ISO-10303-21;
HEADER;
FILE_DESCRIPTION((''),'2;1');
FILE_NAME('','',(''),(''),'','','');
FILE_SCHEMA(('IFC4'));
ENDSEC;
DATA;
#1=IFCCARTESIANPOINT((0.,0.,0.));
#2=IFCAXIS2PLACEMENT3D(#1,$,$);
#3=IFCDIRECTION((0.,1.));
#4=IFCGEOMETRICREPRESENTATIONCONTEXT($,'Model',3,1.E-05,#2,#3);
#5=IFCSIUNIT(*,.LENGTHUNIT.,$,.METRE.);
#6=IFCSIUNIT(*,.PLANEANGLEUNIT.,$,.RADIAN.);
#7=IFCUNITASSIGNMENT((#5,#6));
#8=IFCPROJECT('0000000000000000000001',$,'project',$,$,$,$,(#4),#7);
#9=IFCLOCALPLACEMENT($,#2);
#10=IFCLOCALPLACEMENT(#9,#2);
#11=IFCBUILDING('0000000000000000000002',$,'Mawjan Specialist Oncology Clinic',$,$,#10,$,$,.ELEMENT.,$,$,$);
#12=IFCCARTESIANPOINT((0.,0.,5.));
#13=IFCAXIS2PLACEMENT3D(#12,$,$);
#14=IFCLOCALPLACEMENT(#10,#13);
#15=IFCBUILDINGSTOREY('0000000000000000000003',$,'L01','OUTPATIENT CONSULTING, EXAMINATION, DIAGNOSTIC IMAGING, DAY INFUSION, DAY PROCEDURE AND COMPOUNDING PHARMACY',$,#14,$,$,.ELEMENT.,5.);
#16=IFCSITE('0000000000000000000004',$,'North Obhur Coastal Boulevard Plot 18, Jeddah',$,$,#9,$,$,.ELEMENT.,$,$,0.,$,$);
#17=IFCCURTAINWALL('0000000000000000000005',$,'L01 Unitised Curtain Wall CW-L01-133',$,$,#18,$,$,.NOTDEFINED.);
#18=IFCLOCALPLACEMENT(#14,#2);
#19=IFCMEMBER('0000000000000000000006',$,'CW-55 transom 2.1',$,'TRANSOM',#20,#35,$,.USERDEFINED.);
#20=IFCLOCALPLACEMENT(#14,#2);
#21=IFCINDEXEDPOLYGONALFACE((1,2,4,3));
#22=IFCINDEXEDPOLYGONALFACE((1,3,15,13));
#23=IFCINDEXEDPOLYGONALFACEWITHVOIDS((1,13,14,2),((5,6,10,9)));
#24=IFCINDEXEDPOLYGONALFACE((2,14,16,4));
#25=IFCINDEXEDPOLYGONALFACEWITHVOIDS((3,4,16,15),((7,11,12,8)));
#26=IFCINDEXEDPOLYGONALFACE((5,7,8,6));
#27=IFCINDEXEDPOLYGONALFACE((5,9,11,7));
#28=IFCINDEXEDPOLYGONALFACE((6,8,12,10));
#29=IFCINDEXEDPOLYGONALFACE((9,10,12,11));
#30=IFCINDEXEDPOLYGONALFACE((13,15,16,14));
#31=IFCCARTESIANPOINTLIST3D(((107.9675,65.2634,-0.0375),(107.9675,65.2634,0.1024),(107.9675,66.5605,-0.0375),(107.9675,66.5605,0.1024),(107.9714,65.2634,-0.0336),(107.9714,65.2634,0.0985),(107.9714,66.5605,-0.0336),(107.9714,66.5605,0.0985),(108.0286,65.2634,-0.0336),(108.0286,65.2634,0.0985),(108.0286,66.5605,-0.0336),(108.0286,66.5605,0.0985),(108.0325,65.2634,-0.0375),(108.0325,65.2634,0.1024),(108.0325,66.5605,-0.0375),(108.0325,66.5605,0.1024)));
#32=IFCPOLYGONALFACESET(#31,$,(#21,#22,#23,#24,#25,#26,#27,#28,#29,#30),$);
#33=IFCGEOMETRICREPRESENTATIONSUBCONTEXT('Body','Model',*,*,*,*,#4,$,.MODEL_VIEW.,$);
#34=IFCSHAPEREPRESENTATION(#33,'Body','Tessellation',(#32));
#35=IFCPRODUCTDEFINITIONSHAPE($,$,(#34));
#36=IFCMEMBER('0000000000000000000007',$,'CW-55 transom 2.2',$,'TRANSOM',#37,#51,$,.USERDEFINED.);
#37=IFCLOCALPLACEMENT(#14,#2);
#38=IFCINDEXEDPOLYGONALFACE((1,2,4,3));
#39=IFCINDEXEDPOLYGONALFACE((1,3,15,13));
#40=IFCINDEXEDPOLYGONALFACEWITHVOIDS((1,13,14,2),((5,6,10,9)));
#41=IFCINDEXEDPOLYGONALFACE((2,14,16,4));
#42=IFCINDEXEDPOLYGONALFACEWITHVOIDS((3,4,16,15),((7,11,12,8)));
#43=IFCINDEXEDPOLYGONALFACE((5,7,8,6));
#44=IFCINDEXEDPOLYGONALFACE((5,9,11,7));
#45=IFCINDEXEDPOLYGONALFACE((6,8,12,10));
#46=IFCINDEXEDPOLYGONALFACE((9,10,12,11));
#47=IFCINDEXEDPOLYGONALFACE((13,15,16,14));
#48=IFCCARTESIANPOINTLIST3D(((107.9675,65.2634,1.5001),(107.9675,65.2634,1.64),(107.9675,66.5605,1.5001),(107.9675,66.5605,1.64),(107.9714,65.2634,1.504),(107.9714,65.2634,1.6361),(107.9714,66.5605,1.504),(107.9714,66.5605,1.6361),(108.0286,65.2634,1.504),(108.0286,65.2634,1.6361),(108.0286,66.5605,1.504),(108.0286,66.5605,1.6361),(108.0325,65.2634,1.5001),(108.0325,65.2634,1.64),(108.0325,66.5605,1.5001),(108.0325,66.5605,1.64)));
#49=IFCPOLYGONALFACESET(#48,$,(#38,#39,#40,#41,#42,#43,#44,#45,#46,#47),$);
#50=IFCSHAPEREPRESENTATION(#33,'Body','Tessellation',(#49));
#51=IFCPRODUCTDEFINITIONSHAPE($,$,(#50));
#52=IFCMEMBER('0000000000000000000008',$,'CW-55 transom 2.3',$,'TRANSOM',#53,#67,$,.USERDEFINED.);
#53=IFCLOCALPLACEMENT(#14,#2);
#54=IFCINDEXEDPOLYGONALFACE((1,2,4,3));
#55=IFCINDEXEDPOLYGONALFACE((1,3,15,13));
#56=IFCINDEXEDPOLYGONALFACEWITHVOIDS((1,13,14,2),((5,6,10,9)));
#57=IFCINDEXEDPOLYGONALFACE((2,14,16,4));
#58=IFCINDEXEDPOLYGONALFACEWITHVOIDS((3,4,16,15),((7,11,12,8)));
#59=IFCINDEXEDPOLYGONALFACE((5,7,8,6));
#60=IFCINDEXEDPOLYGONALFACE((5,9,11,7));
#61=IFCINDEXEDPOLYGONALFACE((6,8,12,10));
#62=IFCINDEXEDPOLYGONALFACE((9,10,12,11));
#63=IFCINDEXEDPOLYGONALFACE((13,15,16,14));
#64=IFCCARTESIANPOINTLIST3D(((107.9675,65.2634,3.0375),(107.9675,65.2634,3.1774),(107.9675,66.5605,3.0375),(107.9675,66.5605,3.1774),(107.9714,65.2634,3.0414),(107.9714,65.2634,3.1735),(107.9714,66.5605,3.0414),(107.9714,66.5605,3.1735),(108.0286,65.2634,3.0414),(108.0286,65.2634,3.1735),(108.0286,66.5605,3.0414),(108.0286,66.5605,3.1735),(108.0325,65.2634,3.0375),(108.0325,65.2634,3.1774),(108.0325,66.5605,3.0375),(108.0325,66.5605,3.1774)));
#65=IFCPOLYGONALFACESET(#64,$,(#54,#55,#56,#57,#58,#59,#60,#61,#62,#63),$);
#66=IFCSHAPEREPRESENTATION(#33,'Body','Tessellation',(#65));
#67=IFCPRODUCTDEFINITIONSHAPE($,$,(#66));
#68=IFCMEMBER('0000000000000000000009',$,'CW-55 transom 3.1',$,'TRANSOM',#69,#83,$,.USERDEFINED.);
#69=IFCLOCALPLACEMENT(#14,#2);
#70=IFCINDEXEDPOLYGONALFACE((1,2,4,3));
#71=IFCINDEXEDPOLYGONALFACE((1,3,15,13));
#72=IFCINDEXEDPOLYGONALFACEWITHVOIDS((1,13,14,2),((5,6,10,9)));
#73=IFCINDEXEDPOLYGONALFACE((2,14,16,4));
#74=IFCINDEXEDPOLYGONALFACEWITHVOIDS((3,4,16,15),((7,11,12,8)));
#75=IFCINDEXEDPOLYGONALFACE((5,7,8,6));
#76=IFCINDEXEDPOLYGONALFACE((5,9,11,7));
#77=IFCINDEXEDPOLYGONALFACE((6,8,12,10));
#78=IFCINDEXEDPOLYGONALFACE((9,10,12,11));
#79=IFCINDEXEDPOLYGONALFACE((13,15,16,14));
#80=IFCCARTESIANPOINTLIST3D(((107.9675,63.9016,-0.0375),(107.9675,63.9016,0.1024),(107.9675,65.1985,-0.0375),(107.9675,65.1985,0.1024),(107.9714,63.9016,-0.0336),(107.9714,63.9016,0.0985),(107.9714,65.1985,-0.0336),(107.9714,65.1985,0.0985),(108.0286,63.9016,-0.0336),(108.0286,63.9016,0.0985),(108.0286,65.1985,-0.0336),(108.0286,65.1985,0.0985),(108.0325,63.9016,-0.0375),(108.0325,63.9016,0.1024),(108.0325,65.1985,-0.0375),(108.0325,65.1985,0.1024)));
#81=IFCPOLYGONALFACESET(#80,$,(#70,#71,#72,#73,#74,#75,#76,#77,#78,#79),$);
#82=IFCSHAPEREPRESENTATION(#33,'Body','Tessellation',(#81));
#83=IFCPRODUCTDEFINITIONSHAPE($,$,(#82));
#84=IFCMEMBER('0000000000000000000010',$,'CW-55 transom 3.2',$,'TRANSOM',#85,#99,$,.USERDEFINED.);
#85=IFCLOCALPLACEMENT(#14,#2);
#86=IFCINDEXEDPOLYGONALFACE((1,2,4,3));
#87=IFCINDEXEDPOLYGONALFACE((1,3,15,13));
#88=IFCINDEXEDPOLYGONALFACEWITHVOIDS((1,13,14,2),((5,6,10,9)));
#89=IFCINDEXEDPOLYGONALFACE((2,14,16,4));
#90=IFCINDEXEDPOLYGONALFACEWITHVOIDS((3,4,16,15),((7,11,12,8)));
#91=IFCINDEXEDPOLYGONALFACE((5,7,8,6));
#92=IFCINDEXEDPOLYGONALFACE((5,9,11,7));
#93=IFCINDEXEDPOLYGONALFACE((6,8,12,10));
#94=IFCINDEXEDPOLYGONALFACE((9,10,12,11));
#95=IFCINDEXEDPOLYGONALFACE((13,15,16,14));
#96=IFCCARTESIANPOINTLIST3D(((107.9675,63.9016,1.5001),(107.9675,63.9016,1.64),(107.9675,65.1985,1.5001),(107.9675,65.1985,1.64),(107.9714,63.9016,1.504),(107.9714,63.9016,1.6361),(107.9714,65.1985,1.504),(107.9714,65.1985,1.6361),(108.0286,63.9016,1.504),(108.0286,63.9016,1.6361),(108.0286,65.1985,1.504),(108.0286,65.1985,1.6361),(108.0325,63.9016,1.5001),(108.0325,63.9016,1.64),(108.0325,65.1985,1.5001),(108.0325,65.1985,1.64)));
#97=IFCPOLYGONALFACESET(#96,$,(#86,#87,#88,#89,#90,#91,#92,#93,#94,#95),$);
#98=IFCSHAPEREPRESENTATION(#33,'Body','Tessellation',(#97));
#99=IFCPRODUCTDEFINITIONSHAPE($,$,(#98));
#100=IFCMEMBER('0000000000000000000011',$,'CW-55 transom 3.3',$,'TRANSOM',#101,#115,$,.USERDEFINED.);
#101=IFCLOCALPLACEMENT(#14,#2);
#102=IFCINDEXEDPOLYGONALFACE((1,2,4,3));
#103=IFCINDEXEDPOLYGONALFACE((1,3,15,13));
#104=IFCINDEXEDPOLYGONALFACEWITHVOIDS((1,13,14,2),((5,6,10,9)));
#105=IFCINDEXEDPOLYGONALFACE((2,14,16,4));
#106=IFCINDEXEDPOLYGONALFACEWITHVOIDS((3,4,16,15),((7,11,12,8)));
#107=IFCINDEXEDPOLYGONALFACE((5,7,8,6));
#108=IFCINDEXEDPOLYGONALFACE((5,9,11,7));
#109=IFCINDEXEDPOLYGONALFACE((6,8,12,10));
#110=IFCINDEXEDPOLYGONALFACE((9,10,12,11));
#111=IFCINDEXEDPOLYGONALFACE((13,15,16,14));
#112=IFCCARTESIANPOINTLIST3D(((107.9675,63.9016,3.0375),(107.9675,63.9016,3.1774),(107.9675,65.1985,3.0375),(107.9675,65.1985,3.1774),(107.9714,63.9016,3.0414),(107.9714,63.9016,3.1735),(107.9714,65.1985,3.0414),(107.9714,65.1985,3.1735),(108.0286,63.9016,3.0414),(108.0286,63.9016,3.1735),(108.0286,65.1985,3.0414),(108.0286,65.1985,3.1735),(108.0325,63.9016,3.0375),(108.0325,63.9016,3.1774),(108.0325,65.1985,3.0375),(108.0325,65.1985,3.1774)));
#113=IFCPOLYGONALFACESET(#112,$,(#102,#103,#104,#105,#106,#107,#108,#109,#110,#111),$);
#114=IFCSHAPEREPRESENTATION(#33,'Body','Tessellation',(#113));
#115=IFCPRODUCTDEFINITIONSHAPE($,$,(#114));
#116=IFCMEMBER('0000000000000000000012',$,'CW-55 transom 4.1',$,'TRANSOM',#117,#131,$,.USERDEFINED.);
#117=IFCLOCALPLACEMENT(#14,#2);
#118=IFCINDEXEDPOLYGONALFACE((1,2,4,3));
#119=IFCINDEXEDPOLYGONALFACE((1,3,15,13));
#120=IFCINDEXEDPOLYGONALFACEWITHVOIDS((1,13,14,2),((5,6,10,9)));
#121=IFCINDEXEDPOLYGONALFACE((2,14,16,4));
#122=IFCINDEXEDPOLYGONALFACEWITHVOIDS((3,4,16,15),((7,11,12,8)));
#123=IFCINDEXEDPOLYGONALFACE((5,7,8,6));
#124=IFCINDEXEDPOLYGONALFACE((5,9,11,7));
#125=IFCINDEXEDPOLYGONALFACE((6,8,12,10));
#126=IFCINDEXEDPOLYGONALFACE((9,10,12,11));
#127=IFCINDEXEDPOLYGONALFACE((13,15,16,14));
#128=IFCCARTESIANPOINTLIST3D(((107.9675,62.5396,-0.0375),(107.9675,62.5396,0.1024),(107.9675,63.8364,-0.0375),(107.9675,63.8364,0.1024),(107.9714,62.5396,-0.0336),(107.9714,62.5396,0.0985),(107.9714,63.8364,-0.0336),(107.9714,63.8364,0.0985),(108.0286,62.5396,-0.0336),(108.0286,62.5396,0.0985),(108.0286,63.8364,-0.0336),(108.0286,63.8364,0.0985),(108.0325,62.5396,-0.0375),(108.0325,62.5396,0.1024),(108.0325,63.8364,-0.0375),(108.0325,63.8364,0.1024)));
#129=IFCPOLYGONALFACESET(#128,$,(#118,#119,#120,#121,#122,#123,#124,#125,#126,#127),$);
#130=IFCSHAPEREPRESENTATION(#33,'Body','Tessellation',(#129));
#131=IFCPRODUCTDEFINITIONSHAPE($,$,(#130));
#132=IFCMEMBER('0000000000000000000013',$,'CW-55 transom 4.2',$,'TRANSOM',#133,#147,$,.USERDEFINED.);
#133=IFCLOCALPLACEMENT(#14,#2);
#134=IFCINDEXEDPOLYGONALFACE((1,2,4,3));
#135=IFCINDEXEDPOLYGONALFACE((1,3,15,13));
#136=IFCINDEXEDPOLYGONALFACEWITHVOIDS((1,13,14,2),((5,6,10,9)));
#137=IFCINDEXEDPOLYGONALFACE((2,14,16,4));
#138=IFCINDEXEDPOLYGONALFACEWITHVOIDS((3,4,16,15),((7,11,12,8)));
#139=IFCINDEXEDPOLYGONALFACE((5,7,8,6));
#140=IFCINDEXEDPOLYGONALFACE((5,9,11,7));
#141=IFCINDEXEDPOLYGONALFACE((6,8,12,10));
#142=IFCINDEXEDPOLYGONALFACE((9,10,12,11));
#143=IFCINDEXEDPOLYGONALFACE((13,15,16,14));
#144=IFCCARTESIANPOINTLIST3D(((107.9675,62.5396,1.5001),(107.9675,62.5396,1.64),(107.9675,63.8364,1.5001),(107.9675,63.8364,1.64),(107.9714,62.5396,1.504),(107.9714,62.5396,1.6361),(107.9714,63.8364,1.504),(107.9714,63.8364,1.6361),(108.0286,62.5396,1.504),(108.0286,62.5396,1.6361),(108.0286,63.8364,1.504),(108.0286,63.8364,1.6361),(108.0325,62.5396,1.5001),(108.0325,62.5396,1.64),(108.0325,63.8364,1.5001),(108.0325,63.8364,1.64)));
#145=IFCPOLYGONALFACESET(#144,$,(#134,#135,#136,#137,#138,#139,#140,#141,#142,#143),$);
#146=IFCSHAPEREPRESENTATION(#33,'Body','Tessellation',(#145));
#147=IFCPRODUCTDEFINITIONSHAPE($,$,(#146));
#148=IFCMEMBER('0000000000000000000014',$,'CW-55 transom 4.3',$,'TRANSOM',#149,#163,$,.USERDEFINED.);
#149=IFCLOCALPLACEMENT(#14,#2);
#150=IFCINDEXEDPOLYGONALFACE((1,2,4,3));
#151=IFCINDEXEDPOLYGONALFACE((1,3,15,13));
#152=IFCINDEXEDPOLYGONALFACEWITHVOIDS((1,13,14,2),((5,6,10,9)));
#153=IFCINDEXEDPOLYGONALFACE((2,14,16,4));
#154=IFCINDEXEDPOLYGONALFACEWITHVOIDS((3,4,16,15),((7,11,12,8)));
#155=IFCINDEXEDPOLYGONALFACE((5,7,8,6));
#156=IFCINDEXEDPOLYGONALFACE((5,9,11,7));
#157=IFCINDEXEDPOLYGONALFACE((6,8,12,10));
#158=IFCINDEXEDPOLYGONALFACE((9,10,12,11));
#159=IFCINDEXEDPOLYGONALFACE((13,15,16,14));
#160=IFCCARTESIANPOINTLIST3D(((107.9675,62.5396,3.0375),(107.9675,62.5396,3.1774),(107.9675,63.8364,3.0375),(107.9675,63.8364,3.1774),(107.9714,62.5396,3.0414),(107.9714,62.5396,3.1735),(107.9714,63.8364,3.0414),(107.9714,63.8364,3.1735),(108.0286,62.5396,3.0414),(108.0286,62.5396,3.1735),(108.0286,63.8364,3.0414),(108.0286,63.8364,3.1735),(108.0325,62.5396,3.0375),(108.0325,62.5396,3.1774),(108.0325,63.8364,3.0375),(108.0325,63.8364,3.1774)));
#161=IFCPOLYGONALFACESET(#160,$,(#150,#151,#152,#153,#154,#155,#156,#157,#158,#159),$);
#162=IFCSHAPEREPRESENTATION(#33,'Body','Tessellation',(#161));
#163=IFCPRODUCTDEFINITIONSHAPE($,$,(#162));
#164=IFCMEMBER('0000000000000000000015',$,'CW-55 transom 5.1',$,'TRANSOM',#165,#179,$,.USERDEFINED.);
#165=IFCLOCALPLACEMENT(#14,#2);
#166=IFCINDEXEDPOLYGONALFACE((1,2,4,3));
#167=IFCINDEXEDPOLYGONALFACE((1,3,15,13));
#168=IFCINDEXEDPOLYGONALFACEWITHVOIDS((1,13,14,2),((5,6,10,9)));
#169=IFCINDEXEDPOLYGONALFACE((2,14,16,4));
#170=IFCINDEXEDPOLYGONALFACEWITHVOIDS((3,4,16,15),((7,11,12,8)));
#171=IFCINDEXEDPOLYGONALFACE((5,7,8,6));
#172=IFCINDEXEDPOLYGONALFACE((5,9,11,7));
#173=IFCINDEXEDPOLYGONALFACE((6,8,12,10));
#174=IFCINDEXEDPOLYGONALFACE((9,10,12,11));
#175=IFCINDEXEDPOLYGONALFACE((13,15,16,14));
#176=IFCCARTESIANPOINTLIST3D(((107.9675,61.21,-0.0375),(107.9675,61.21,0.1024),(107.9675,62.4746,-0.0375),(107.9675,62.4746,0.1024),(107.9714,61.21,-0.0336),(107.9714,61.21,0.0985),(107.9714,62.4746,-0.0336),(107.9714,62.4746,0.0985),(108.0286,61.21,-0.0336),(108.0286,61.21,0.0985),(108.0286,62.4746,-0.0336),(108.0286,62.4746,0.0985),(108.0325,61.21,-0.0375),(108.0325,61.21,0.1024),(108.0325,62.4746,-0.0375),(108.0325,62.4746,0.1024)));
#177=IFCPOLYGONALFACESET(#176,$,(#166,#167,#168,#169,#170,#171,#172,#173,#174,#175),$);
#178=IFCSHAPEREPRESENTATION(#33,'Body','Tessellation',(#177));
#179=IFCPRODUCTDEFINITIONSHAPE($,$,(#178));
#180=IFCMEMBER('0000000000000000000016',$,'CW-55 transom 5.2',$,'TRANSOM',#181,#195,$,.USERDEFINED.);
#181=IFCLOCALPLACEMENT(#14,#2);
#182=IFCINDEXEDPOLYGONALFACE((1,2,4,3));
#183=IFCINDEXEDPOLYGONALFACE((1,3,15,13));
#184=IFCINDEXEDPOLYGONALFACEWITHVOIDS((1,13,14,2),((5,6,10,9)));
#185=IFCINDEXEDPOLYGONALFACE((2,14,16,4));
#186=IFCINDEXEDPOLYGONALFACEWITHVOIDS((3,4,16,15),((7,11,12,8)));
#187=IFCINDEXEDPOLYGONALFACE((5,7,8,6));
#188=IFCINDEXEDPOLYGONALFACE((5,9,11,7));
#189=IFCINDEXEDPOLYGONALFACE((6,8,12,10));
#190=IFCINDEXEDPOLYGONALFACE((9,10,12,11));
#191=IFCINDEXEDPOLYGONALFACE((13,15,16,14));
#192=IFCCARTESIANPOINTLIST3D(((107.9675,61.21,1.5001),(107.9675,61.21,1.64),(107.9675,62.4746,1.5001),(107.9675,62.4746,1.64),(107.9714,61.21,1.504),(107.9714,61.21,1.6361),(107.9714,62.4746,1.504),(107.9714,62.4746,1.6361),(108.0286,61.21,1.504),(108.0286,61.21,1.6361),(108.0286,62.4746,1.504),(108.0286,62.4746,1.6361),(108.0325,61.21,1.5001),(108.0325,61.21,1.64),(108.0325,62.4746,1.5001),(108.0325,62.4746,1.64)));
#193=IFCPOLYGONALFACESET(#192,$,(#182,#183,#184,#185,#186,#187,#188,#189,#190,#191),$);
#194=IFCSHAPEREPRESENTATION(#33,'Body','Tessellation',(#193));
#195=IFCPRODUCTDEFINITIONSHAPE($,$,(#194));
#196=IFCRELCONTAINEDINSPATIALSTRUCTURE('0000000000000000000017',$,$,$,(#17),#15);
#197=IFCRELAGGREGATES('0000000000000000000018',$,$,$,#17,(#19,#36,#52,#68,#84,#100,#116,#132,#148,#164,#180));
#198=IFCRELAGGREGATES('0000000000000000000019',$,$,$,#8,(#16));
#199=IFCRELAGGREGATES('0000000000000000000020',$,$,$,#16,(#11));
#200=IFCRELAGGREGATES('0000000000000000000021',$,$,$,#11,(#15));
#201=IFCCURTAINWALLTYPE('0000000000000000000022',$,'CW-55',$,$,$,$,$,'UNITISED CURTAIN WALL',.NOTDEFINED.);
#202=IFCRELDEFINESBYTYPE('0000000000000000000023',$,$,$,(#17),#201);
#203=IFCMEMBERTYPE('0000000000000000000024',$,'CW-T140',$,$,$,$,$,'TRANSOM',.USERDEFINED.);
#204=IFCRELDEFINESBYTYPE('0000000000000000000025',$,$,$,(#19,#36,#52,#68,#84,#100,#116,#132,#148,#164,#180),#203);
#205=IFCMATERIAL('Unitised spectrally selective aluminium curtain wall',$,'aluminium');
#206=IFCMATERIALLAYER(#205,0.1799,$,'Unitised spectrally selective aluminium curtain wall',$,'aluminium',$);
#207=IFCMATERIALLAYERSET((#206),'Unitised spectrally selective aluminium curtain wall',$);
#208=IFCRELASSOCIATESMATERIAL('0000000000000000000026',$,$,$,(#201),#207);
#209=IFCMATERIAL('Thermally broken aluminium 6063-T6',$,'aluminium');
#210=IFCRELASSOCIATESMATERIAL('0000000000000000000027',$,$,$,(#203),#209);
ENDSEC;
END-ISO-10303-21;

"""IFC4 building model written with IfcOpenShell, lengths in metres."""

from ifc_helpers import new_model, si_unit, direction, frame, origin, origin_2d, place, context, subcontext, project, spatial, hollow_rectangle, extrude, material, layer, layer_set, material_profile, profile_set, type_object, element, aggregate, save


model = new_model("IFC4")

# Units and contexts
model_context = context("Model", 3, precision=1e-05, world=origin(), true_north=direction((0.0, 1.0)))
body_context = subcontext(model_context, "Body", "Model", "MODEL_VIEW")
ifc_project = project(units=[si_unit("LENGTHUNIT", "METRE"), si_unit("PLANEANGLEUNIT", "RADIAN")], contexts=[model_context])

# Site, building, storey
site_placement = place(None, origin())
site = spatial("IfcSite", under=ifc_project, at=site_placement, Name="North Obhur Coastal Boulevard Plot 18, Jeddah", CompositionType="ELEMENT", RefElevation=0.0)
building_placement = place(site_placement, origin())
building = spatial("IfcBuilding", under=site, at=building_placement, Name="Mawjan Specialist Oncology Clinic", CompositionType="ELEMENT")
storey_placement = place(building_placement, frame((0.0, 0.0, 5.0)))
storey = spatial("IfcBuildingStorey", under=building, at=storey_placement, Name="L01", Description="OUTPATIENT CONSULTING, EXAMINATION, DIAGNOSTIC IMAGING, DAY INFUSION, DAY PROCEDURE AND COMPOUNDING PHARMACY", CompositionType="ELEMENT", Elevation=5.0)

# Curtain wall, members
ifc_material_1 = material(Name="Unitised spectrally selective aluminium curtain wall", Category="aluminium")
ifc_layer_1 = layer(ifc_material_1, 0.1799, Name="Unitised spectrally selective aluminium curtain wall", Category="aluminium")
ifc_layer_set_1 = layer_set([ifc_layer_1], Name="Unitised spectrally selective aluminium curtain wall")
curtain_wall_type = type_object("IfcCurtainWallType", Name="CW-55", ElementType="UNITISED CURTAIN WALL", PredefinedType="NOTDEFINED", material=ifc_layer_set_1)
curtain_wall_placement = place(storey_placement, origin())
curtain_wall = element("IfcCurtainWall", 1, at=curtain_wall_placement, inside=storey, type_object=curtain_wall_type, Name="L01 Unitised Curtain Wall CW-L01-133", PredefinedType="NOTDEFINED")
ifc_material_2 = material(Name="Thermally broken aluminium 6063-T6", Category="aluminium")
ifc_material_profile_1 = material_profile(ifc_material_2, hollow_rectangle(XDim=0.0649, YDim=0.1399, WallThickness=0.0039, at=origin_2d()), Name="ALU TRANSOM 140x65x4", Category="aluminium")
ifc_profile_set_1 = profile_set([ifc_material_profile_1], Name="Thermally broken aluminium 6063-T6")
member_type_1 = type_object("IfcMemberType", Name="CW-T140", ElementType="TRANSOM", PredefinedType="USERDEFINED", material=ifc_profile_set_1)
member_1_placement = place(storey_placement, frame((108.0, 66.5605, 0.0325), z_axis=(0.0, -1.0, 0.0), x_axis=(1.0, 0.0, 0.0)))
member_1 = element("IfcMember", 2, at=member_1_placement, type_object=member_type_1, Name="CW-55 transom 2.1", ObjectType="TRANSOM", PredefinedType="USERDEFINED", context=body_context, shape_type="SweptSolid", body=[
    extrude(hollow_rectangle(XDim=0.0649, YDim=0.1399, WallThickness=0.0039, at=origin_2d()), origin(), (0.0, 0.0, 1.0), 1.2971),
])
member_2_placement = place(storey_placement, frame((108.0, 66.5605, 1.5701), z_axis=(0.0, -1.0, 0.0), x_axis=(1.0, 0.0, 0.0)))
member_2 = element("IfcMember", 3, at=member_2_placement, type_object=member_type_1, Name="CW-55 transom 2.2", ObjectType="TRANSOM", PredefinedType="USERDEFINED", context=body_context, shape_type="SweptSolid", body=[
    extrude(hollow_rectangle(XDim=0.0649, YDim=0.1399, WallThickness=0.0039, at=origin_2d()), origin(), (0.0, 0.0, 1.0), 1.2971),
])
member_3_placement = place(storey_placement, frame((108.0, 66.5605, 3.1074), z_axis=(0.0, -1.0, 0.0), x_axis=(1.0, 0.0, 0.0)))
member_3 = element("IfcMember", 4, at=member_3_placement, type_object=member_type_1, Name="CW-55 transom 2.3", ObjectType="TRANSOM", PredefinedType="USERDEFINED", context=body_context, shape_type="SweptSolid", body=[
    extrude(hollow_rectangle(XDim=0.0649, YDim=0.1399, WallThickness=0.0039, at=origin_2d()), origin(), (0.0, 0.0, 1.0), 1.2971),
])
member_4_placement = place(storey_placement, frame((108.0, 65.1985, 0.0325), z_axis=(0.0, -1.0, 0.0), x_axis=(1.0, 0.0, 0.0)))
member_4 = element("IfcMember", 5, at=member_4_placement, type_object=member_type_1, Name="CW-55 transom 3.1", ObjectType="TRANSOM", PredefinedType="USERDEFINED", context=body_context, shape_type="SweptSolid", body=[
    extrude(hollow_rectangle(XDim=0.0649, YDim=0.1399, WallThickness=0.0039, at=origin_2d()), origin(), (0.0, 0.0, 1.0), 1.2969),
])
member_5_placement = place(storey_placement, frame((108.0, 65.1985, 1.5701), z_axis=(0.0, -1.0, 0.0), x_axis=(1.0, 0.0, 0.0)))
member_5 = element("IfcMember", 6, at=member_5_placement, type_object=member_type_1, Name="CW-55 transom 3.2", ObjectType="TRANSOM", PredefinedType="USERDEFINED", context=body_context, shape_type="SweptSolid", body=[
    extrude(hollow_rectangle(XDim=0.0649, YDim=0.1399, WallThickness=0.0039, at=origin_2d()), origin(), (0.0, 0.0, 1.0), 1.2969),
])
member_6_placement = place(storey_placement, frame((108.0, 65.1985, 3.1074), z_axis=(0.0, -1.0, 0.0), x_axis=(1.0, 0.0, 0.0)))
member_6 = element("IfcMember", 7, at=member_6_placement, type_object=member_type_1, Name="CW-55 transom 3.3", ObjectType="TRANSOM", PredefinedType="USERDEFINED", context=body_context, shape_type="SweptSolid", body=[
    extrude(hollow_rectangle(XDim=0.0649, YDim=0.1399, WallThickness=0.0039, at=origin_2d()), origin(), (0.0, 0.0, 1.0), 1.2969),
])
member_7_placement = place(storey_placement, frame((108.0, 63.8364, 0.0325), z_axis=(0.0, -1.0, 0.0), x_axis=(1.0, 0.0, 0.0)))
member_7 = element("IfcMember", 8, at=member_7_placement, type_object=member_type_1, Name="CW-55 transom 4.1", ObjectType="TRANSOM", PredefinedType="USERDEFINED", context=body_context, shape_type="SweptSolid", body=[
    extrude(hollow_rectangle(XDim=0.0649, YDim=0.1399, WallThickness=0.0039, at=origin_2d()), origin(), (0.0, 0.0, 1.0), 1.2969),
])
member_8_placement = place(storey_placement, frame((108.0, 63.8364, 1.5701), z_axis=(0.0, -1.0, 0.0), x_axis=(1.0, 0.0, 0.0)))
member_8 = element("IfcMember", 9, at=member_8_placement, type_object=member_type_1, Name="CW-55 transom 4.2", ObjectType="TRANSOM", PredefinedType="USERDEFINED", context=body_context, shape_type="SweptSolid", body=[
    extrude(hollow_rectangle(XDim=0.0649, YDim=0.1399, WallThickness=0.0039, at=origin_2d()), origin(), (0.0, 0.0, 1.0), 1.2969),
])
member_9_placement = place(storey_placement, frame((108.0, 63.8364, 3.1074), z_axis=(0.0, -1.0, 0.0), x_axis=(1.0, 0.0, 0.0)))
member_9 = element("IfcMember", 10, at=member_9_placement, type_object=member_type_1, Name="CW-55 transom 4.3", ObjectType="TRANSOM", PredefinedType="USERDEFINED", context=body_context, shape_type="SweptSolid", body=[
    extrude(hollow_rectangle(XDim=0.0649, YDim=0.1399, WallThickness=0.0039, at=origin_2d()), origin(), (0.0, 0.0, 1.0), 1.2969),
])
member_10_placement = place(storey_placement, frame((108.0, 62.4746, 0.0325), z_axis=(0.0, -1.0, 0.0), x_axis=(1.0, 0.0, 0.0)))
member_10 = element("IfcMember", 11, at=member_10_placement, type_object=member_type_1, Name="CW-55 transom 5.1", ObjectType="TRANSOM", PredefinedType="USERDEFINED", context=body_context, shape_type="SweptSolid", body=[
    extrude(hollow_rectangle(XDim=0.0649, YDim=0.1399, WallThickness=0.0039, at=origin_2d()), origin(), (0.0, 0.0, 1.0), 1.2646),
])
member_11_placement = place(storey_placement, frame((108.0, 62.4746, 1.5701), z_axis=(0.0, -1.0, 0.0), x_axis=(1.0, 0.0, 0.0)))
member_11 = element("IfcMember", 12, at=member_11_placement, type_object=member_type_1, Name="CW-55 transom 5.2", ObjectType="TRANSOM", PredefinedType="USERDEFINED", context=body_context, shape_type="SweptSolid", body=[
    extrude(hollow_rectangle(XDim=0.0649, YDim=0.1399, WallThickness=0.0039, at=origin_2d()), origin(), (0.0, 0.0, 1.0), 1.2646),
])

aggregate(curtain_wall, [member_1, member_2, member_3, member_4, member_5, member_6, member_7, member_8, member_9, member_10, member_11])

save(model, "model.ifc")
